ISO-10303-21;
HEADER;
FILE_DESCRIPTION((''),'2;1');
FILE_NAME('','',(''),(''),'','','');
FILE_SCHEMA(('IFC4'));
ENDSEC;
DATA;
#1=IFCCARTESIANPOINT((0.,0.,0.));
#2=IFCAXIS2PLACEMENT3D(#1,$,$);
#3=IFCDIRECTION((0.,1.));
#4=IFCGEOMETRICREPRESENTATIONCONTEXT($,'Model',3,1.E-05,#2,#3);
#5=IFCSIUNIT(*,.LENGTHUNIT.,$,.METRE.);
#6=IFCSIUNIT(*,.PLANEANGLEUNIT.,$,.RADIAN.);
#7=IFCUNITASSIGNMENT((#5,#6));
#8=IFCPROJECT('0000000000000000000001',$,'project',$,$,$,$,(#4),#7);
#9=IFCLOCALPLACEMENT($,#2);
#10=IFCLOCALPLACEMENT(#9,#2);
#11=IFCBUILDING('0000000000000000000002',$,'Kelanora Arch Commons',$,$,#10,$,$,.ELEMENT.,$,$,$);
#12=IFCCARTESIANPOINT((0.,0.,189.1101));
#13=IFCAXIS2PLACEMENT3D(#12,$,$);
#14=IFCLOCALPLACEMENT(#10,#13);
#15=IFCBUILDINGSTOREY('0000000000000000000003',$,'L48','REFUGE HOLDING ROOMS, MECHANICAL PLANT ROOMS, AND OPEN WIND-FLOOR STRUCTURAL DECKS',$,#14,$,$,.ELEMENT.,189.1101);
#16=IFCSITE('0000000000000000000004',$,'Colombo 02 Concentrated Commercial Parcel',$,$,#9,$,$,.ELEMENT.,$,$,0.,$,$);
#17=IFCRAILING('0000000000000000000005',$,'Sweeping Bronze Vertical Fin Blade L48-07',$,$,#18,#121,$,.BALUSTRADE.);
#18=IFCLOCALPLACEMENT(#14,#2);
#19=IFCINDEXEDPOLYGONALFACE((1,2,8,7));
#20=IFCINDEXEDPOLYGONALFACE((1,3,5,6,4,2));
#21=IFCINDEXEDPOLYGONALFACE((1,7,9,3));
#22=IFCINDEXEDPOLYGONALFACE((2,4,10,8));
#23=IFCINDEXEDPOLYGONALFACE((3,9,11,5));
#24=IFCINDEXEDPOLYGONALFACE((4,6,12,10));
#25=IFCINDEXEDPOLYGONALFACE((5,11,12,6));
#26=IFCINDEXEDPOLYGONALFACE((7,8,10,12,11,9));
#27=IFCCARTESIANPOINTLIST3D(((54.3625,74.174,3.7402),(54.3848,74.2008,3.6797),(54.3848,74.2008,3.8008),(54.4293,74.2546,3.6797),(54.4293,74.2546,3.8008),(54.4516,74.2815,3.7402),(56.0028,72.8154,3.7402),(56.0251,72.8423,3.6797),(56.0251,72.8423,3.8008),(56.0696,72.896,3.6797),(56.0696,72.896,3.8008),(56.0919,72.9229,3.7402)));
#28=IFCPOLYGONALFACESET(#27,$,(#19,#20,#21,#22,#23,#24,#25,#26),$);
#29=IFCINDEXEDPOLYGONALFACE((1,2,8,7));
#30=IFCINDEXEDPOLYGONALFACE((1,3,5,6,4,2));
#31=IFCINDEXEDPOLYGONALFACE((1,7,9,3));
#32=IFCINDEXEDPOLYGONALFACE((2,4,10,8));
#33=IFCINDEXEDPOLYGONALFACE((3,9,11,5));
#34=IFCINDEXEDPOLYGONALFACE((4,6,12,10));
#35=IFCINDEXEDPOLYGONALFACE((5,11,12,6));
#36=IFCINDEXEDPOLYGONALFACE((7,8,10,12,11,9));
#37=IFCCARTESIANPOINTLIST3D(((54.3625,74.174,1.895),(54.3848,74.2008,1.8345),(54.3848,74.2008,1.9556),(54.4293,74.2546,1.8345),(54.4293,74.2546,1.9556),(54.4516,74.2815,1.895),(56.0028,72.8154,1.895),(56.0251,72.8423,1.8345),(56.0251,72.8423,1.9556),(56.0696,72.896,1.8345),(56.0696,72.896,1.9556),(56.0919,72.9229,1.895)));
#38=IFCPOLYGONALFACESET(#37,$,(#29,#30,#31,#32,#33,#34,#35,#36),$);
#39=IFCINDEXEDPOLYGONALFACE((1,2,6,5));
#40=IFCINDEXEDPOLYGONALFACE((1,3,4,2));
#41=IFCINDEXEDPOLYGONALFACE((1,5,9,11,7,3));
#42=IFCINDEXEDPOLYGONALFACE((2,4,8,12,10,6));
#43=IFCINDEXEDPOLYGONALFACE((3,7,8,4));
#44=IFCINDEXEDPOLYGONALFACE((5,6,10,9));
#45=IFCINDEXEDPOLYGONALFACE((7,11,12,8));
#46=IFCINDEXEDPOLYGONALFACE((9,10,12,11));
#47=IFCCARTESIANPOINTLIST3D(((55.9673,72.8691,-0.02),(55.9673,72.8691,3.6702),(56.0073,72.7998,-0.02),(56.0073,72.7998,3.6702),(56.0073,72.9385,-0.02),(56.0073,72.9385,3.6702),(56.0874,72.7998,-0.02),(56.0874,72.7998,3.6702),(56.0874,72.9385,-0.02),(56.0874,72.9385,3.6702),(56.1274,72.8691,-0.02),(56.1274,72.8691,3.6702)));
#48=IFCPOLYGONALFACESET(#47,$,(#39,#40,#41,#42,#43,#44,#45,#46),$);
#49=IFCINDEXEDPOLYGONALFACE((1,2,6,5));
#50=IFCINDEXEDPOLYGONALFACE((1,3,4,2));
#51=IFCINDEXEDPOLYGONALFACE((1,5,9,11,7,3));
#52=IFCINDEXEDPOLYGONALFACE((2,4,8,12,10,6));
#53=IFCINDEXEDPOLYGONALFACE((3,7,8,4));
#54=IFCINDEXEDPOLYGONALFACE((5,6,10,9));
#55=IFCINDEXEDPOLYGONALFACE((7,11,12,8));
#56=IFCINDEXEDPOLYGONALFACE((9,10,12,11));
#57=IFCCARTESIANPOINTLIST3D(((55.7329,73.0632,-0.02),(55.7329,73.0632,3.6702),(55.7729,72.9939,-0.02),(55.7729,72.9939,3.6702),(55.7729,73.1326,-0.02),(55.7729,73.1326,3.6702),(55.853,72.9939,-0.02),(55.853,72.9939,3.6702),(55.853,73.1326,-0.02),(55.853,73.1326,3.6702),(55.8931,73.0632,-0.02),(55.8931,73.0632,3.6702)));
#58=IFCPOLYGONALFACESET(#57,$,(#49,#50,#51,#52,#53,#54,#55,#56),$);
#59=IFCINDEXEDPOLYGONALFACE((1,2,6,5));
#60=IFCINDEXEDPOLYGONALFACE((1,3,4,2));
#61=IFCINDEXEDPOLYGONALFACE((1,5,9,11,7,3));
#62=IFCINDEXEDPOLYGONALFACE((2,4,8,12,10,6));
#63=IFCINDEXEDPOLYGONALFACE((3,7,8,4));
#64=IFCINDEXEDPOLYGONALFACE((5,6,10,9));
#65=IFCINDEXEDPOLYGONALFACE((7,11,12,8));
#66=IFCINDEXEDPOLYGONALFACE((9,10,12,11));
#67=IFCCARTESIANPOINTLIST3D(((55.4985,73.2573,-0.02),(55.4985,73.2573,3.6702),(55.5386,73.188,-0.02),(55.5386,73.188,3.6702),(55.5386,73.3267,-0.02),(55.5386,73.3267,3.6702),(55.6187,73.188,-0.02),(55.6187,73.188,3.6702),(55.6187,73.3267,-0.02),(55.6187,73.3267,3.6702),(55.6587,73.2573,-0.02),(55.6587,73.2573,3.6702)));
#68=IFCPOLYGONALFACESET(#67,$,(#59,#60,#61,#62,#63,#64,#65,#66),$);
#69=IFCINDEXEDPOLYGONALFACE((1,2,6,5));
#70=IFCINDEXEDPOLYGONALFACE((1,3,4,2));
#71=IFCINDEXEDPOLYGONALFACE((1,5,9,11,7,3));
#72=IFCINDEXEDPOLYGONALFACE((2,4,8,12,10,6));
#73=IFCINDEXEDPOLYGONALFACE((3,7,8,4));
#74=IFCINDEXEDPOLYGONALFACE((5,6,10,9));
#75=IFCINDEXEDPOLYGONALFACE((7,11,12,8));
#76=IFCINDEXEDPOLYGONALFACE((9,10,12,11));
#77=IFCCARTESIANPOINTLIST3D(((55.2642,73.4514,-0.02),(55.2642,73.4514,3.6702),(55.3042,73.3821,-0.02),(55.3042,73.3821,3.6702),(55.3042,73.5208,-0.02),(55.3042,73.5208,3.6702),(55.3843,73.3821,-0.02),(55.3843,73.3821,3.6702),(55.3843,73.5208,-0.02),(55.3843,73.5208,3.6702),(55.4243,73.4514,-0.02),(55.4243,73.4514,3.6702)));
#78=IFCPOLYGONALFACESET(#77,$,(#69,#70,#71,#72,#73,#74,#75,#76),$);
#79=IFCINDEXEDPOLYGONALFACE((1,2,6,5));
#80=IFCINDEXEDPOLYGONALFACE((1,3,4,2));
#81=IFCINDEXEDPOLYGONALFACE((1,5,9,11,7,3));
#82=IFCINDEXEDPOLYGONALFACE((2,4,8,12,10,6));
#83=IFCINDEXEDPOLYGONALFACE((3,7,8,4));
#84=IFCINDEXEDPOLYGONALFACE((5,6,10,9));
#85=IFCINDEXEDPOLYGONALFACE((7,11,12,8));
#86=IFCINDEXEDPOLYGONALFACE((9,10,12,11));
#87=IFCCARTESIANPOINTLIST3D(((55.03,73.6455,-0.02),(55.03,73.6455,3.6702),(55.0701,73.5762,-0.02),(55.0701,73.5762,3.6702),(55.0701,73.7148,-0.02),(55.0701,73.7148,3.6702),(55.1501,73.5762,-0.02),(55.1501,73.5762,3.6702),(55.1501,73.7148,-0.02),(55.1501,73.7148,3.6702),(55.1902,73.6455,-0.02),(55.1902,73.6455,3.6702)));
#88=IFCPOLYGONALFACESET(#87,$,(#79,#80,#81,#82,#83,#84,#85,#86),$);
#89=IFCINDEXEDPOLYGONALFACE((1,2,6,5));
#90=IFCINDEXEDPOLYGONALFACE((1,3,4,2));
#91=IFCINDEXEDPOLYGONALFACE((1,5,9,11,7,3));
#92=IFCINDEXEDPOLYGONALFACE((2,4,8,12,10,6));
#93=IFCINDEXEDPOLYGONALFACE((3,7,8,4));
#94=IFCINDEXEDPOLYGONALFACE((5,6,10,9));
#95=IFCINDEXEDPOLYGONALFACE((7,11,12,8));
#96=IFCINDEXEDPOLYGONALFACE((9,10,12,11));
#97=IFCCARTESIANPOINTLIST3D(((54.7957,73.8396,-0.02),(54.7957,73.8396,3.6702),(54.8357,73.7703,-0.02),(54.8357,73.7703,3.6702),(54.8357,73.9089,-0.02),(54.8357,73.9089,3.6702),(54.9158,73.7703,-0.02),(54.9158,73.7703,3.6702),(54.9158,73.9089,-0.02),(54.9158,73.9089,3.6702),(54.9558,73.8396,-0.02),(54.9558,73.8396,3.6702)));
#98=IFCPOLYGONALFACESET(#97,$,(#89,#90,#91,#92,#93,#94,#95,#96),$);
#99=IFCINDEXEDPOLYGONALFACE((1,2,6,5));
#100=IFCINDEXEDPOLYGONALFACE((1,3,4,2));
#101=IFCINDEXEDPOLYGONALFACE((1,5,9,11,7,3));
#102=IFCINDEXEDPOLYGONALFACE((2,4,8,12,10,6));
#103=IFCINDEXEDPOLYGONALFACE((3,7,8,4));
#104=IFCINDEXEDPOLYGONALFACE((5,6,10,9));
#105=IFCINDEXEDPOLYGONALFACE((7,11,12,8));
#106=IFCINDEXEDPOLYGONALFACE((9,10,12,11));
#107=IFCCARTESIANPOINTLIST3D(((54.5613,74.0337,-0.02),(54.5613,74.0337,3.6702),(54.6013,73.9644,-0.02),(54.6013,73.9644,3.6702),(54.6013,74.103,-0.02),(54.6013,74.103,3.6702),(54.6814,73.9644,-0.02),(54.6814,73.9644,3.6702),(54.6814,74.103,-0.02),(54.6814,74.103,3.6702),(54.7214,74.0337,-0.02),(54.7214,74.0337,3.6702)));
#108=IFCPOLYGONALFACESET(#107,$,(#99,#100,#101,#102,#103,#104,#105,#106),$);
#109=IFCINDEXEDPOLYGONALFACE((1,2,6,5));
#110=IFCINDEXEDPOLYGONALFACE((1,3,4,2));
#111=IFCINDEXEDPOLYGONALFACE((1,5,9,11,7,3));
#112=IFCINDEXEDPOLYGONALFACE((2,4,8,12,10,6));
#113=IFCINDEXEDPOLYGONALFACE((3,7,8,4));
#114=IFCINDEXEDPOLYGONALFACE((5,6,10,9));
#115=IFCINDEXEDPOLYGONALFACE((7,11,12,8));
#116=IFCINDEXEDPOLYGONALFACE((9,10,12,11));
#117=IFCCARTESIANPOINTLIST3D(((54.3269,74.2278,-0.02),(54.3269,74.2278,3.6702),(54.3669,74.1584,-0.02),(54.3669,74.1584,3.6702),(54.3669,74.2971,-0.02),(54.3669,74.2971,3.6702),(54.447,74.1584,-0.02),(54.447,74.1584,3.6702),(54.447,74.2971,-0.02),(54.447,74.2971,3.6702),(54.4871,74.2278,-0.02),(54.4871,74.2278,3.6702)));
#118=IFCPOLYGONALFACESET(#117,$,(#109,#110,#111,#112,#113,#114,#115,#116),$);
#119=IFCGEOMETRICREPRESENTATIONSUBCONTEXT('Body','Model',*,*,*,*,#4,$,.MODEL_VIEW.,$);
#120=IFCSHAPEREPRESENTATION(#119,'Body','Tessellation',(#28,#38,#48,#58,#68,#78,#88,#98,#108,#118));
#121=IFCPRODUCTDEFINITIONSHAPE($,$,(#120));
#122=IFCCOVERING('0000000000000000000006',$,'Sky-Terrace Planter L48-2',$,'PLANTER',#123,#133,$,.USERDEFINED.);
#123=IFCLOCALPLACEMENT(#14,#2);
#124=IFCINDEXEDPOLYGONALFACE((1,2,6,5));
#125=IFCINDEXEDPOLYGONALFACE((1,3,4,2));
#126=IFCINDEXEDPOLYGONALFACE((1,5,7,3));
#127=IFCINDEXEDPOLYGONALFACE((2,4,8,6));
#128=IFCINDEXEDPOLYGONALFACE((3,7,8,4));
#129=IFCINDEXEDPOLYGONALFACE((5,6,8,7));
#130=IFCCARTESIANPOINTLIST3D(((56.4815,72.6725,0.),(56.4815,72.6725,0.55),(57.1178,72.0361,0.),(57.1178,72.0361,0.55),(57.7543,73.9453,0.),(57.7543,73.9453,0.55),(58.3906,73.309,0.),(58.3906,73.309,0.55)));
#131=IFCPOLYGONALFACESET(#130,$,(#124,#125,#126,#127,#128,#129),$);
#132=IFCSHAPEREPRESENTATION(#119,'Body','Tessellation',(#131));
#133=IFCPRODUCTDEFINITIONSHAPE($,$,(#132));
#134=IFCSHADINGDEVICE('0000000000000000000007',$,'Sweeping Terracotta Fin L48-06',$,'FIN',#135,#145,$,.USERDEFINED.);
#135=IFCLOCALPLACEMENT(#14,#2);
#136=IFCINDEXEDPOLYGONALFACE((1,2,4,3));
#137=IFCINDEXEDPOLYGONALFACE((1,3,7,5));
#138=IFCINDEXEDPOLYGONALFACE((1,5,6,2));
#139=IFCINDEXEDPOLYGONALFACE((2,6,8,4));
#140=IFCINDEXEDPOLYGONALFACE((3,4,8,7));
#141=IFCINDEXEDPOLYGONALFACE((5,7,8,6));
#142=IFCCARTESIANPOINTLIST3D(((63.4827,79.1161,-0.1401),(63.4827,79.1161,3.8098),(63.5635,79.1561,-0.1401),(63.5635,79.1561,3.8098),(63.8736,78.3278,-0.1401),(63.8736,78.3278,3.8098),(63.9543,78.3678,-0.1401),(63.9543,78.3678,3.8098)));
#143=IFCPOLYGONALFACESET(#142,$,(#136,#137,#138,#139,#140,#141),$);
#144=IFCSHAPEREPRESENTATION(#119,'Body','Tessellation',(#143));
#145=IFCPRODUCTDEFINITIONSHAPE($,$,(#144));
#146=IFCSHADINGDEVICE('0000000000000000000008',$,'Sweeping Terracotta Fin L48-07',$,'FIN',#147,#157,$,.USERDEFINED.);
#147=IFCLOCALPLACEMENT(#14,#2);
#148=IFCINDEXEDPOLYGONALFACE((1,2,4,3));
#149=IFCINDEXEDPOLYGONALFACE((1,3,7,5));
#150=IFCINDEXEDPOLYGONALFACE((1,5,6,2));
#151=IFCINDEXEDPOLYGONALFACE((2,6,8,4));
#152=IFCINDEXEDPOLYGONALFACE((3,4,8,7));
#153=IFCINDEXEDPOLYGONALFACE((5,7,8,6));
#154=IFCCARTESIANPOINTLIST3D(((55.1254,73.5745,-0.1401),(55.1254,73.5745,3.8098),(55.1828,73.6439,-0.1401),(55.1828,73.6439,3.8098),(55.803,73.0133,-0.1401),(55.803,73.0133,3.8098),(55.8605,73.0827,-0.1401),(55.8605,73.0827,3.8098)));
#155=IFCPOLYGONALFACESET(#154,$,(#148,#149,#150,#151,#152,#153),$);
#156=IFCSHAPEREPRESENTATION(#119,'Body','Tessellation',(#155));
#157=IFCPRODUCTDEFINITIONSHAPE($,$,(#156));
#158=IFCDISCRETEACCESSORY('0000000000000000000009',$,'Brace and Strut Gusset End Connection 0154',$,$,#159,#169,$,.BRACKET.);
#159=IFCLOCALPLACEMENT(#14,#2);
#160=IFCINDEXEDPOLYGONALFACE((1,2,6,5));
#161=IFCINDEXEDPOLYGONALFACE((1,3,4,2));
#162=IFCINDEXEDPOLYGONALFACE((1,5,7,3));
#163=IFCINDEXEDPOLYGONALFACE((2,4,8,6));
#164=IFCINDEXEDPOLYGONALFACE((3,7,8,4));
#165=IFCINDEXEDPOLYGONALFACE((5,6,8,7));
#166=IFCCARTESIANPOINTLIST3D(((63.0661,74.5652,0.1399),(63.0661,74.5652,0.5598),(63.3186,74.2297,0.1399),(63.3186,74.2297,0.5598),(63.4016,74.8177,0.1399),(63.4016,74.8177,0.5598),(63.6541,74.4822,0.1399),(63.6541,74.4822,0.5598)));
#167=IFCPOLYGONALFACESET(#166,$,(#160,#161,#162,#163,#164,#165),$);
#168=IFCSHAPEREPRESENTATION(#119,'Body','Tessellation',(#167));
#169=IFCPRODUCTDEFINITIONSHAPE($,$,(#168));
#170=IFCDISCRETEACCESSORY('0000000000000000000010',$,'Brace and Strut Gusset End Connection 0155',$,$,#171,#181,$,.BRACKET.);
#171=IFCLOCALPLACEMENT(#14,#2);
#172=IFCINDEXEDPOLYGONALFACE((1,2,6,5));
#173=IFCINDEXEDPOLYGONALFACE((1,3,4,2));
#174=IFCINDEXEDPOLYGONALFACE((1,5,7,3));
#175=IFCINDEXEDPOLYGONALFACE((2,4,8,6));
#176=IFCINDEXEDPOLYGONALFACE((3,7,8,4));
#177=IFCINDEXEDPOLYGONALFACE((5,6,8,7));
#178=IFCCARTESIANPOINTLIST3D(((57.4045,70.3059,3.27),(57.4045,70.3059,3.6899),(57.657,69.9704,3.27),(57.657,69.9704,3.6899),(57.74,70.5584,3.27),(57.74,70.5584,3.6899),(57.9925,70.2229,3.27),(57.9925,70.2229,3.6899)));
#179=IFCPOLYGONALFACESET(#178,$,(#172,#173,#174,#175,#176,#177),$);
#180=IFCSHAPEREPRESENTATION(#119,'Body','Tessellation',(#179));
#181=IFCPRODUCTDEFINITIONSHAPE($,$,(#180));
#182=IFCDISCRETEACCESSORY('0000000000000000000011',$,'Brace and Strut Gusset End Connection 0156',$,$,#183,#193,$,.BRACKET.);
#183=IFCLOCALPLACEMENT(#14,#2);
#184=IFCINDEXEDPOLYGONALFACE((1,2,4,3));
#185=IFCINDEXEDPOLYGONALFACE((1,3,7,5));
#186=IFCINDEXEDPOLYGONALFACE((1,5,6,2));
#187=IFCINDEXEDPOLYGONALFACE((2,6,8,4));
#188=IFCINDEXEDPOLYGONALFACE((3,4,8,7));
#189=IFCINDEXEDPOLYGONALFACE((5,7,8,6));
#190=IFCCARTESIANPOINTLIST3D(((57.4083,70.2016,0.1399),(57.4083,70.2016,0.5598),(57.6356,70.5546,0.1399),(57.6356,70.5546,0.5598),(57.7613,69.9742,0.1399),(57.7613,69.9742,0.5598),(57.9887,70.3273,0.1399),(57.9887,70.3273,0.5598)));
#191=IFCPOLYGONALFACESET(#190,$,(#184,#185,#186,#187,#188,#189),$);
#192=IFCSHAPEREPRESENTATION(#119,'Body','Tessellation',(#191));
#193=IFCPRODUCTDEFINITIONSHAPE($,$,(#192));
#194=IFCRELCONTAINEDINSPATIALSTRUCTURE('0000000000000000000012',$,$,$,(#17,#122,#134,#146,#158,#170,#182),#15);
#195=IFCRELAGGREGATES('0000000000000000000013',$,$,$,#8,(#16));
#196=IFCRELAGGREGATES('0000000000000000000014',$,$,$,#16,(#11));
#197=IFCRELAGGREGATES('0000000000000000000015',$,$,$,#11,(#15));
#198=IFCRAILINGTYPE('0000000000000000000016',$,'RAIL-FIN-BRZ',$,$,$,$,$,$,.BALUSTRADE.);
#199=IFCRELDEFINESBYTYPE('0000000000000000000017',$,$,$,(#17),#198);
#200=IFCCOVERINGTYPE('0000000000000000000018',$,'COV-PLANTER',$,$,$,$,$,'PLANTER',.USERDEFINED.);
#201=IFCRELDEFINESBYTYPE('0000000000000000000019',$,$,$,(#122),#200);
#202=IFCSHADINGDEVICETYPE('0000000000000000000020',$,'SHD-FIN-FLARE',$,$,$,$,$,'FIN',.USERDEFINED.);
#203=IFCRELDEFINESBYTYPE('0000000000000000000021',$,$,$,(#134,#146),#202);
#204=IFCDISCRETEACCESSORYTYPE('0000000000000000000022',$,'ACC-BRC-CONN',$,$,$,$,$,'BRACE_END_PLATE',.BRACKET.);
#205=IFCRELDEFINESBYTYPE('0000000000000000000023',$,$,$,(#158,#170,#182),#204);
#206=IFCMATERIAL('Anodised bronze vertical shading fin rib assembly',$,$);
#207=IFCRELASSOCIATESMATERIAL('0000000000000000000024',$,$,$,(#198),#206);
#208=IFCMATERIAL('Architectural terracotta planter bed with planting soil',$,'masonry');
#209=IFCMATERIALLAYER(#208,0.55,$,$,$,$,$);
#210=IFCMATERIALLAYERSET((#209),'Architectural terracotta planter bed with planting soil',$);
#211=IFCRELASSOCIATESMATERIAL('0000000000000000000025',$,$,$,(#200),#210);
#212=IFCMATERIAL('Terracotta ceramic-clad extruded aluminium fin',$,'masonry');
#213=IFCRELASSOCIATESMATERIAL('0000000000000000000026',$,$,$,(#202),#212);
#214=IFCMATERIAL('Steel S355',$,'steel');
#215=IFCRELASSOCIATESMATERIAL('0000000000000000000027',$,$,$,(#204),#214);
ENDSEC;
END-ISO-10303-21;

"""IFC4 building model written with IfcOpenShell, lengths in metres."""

from ifc_helpers import new_model, si_unit, direction, frame, origin, origin_2d, place, context, subcontext, project, spatial, polyline, rectangle, outline, extrude, source, transform, mapped, material, layer, layer_set, type_object, element, save


model = new_model("IFC4")

# Units and contexts
model_context = context("Model", 3, precision=1e-05, world=origin(), true_north=direction((0.0, 1.0)))
body_context = subcontext(model_context, "Body", "Model", "MODEL_VIEW")
ifc_project = project(units=[si_unit("LENGTHUNIT", "METRE"), si_unit("PLANEANGLEUNIT", "RADIAN")], contexts=[model_context])

# Site, building, storey
site_placement = place(None, origin())
site = spatial("IfcSite", under=ifc_project, at=site_placement, Name="Colombo 02 Concentrated Commercial Parcel", CompositionType="ELEMENT", RefElevation=0.0)
building_placement = place(site_placement, origin())
building = spatial("IfcBuilding", under=site, at=building_placement, Name="Kelanora Arch Commons", CompositionType="ELEMENT")
storey_placement = place(building_placement, frame((0.0, 0.0, 189.1101)))
storey = spatial("IfcBuildingStorey", under=building, at=storey_placement, Name="L48", Description="REFUGE HOLDING ROOMS, MECHANICAL PLANT ROOMS, AND OPEN WIND-FLOOR STRUCTURAL DECKS", CompositionType="ELEMENT", Elevation=189.1101)

# Shared definitions
ifc_material_1 = material(Name="Steel S355", Category="steel")

# Railing
ifc_material_2 = material(Name="Anodised bronze vertical shading fin rib assembly")
railing_type = type_object("IfcRailingType", Name="RAIL-FIN-BRZ", PredefinedType="BALUSTRADE", material=ifc_material_2)
railing_placement = place(storey_placement, frame((56.0474, 72.8691, -0.02)))
element("IfcRailing", 1, at=railing_placement, inside=storey, type_object=railing_type, Name="Sweeping Bronze Vertical Fin Blade L48-07", PredefinedType="BALUSTRADE", context=body_context, shape_type="SweptSolid", body=[
    extrude(outline(polyline([(0.0698, 0.0), (0.0349, 0.0605), (-0.0349, 0.0605), (-0.0698, 0.0), (-0.0349, -0.0605), (0.0349, -0.0605), (0.0698, 0.0)])), frame((0.0, 0.0, 3.7603), z_axis=(-0.770144, 0.63787, 0.0), x_axis=(-0.63787, -0.770144, 0.0)), (0.0, 0.0, 1.0), 2.1299),
    extrude(outline(polyline([(0.0698, 0.0), (0.0349, 0.0605), (-0.0349, 0.0605), (-0.0698, 0.0), (-0.0349, -0.0605), (0.0349, -0.0605), (0.0698, 0.0)])), frame((0.0, 0.0, 1.915), z_axis=(-0.770144, 0.63787, 0.0), x_axis=(-0.63787, -0.770144, 0.0)), (0.0, 0.0, 1.0), 2.1299),
    extrude(outline(polyline([(0.0801, 0.0), (0.04, 0.0693), (-0.04, 0.0693), (-0.0801, 0.0), (-0.04, -0.0693), (0.04, -0.0693), (0.0801, 0.0)])), origin(), (0.0, 0.0, 1.0), 3.6902),
    extrude(outline(polyline([(0.0801, 0.0), (0.04, 0.0693), (-0.04, 0.0693), (-0.0801, 0.0), (-0.04, -0.0693), (0.04, -0.0693), (0.0801, 0.0)])), frame((-0.2344, 0.1941, 0.0)), (0.0, 0.0, 1.0), 3.6902),
    extrude(outline(polyline([(0.0801, 0.0), (0.04, 0.0693), (-0.04, 0.0693), (-0.0801, 0.0), (-0.04, -0.0693), (0.04, -0.0693), (0.0801, 0.0)])), frame((-0.4688, 0.3882, 0.0)), (0.0, 0.0, 1.0), 3.6902),
    extrude(outline(polyline([(0.0801, 0.0), (0.04, 0.0693), (-0.04, 0.0693), (-0.0801, 0.0), (-0.04, -0.0693), (0.04, -0.0693), (0.0801, 0.0)])), frame((-0.7031, 0.5823, 0.0)), (0.0, 0.0, 1.0), 3.6902),
    extrude(outline(polyline([(0.0801, 0.0), (0.04, 0.0693), (-0.04, 0.0693), (-0.0801, 0.0), (-0.04, -0.0693), (0.04, -0.0693), (0.0801, 0.0)])), frame((-0.9373, 0.7764, 0.0)), (0.0, 0.0, 1.0), 3.6902),
    extrude(outline(polyline([(0.0801, 0.0), (0.04, 0.0693), (-0.04, 0.0693), (-0.0801, 0.0), (-0.04, -0.0693), (0.04, -0.0693), (0.0801, 0.0)])), frame((-1.1716, 0.9705, 0.0)), (0.0, 0.0, 1.0), 3.6902),
    extrude(outline(polyline([(0.0801, 0.0), (0.04, 0.0693), (-0.04, 0.0693), (-0.0801, 0.0), (-0.04, -0.0693), (0.04, -0.0693), (0.0801, 0.0)])), frame((-1.406, 1.1646, 0.0)), (0.0, 0.0, 1.0), 3.6902),
    extrude(outline(polyline([(0.0801, 0.0), (0.04, 0.0693), (-0.04, 0.0693), (-0.0801, 0.0), (-0.04, -0.0693), (0.04, -0.0693), (0.0801, 0.0)])), frame((-1.6404, 1.3586, 0.0)), (0.0, 0.0, 1.0), 3.6902),
])

# Covering
ifc_material_3 = material(Name="Architectural terracotta planter bed with planting soil", Category="masonry")
ifc_layer_1 = layer(ifc_material_3, 0.55)
ifc_layer_set_1 = layer_set([ifc_layer_1], Name="Architectural terracotta planter bed with planting soil")
covering_type = type_object("IfcCoveringType", Name="COV-PLANTER", ElementType="PLANTER", PredefinedType="USERDEFINED", material=ifc_layer_set_1)
shared_shape_1 = source(origin(), body_context, "Body", "SweptSolid", [
    extrude(rectangle(XDim=1.8, YDim=0.8999, at=origin_2d()), origin(), (0.0, 0.0, 1.0), 0.55),
])
covering_placement = place(storey_placement, frame((57.436, 72.9907, 0.0), z_axis=(0.0, 0.0, 1.0), x_axis=(-0.707107, -0.707107, 0.0)))
element("IfcCovering", 2, at=covering_placement, inside=storey, type_object=covering_type, Name="Sky-Terrace Planter L48-2", ObjectType="PLANTER", PredefinedType="USERDEFINED", context=body_context, shape_type="MappedRepresentation", body=[
    mapped(shared_shape_1, transform((0.0, 0.0, 0.0), scale=1.0)),
])

# Shading devices
ifc_material_4 = material(Name="Terracotta ceramic-clad extruded aluminium fin", Category="masonry")
shading_device_type = type_object("IfcShadingDeviceType", Name="SHD-FIN-FLARE", ElementType="FIN", PredefinedType="USERDEFINED", material=ifc_material_4)
shared_shape_2 = source(origin(), body_context, "Body", "SweptSolid", [
    extrude(rectangle(XDim=0.8799, YDim=0.0901, at=origin_2d()), origin(), (0.0, 0.0, 1.0), 3.95),
])
for number, where, z_axis, x_axis, name in (
    (3, (63.7185, 78.7419, -0.1401), (0.0, 0.0, 1.0), (-0.444166, 0.895944, 0.0), "Sweeping Terracotta Fin L48-06"),
    (4, (55.4929, 73.3286, -0.1401), (0.0, 0.0, 1.0), (-0.770179, 0.637827, 0.0), "Sweeping Terracotta Fin L48-07"),
):
    element("IfcShadingDevice", number, at=place(storey_placement, frame(where, z_axis=z_axis, x_axis=x_axis)), inside=storey, type_object=shading_device_type, Name=name, ObjectType="FIN", PredefinedType="USERDEFINED", context=body_context, shape_type="MappedRepresentation", body=[
        mapped(shared_shape_2, transform((0.0, 0.0, 0.0), scale=1.0)),
    ])

# Discrete accessories
discrete_accessory_type_1 = type_object("IfcDiscreteAccessoryType", Name="ACC-BRC-CONN", ElementType="BRACE_END_PLATE", PredefinedType="BRACKET", material=ifc_material_1)
shared_shape_3 = source(origin(), body_context, "Body", "SweptSolid", [
    extrude(rectangle(XDim=0.4199, YDim=0.4199, at=origin_2d()), origin(), (0.0, 0.0, 1.0), 0.4199),
])
for number, where, z_axis, x_axis, name in (
    (5, (63.3601, 74.5237, 0.1399), (0.0, 0.0, 1.0), (-0.799055, -0.601257, 0.0), "Brace and Strut Gusset End Connection 0154"),
    (6, (57.6985, 70.2644, 3.27), (0.0, 0.0, 1.0), (-0.799055, -0.601257, 0.0), "Brace and Strut Gusset End Connection 0155"),
    (7, (57.6985, 70.2644, 0.1399), (0.0, 0.0, 1.0), (-0.541415, -0.840756, 0.0), "Brace and Strut Gusset End Connection 0156"),
):
    element("IfcDiscreteAccessory", number, at=place(storey_placement, frame(where, z_axis=z_axis, x_axis=x_axis)), inside=storey, type_object=discrete_accessory_type_1, Name=name, PredefinedType="BRACKET", context=body_context, shape_type="MappedRepresentation", body=[
        mapped(shared_shape_3, transform((0.0, 0.0, 0.0), scale=1.0)),
    ])

save(model, "model.ifc")
